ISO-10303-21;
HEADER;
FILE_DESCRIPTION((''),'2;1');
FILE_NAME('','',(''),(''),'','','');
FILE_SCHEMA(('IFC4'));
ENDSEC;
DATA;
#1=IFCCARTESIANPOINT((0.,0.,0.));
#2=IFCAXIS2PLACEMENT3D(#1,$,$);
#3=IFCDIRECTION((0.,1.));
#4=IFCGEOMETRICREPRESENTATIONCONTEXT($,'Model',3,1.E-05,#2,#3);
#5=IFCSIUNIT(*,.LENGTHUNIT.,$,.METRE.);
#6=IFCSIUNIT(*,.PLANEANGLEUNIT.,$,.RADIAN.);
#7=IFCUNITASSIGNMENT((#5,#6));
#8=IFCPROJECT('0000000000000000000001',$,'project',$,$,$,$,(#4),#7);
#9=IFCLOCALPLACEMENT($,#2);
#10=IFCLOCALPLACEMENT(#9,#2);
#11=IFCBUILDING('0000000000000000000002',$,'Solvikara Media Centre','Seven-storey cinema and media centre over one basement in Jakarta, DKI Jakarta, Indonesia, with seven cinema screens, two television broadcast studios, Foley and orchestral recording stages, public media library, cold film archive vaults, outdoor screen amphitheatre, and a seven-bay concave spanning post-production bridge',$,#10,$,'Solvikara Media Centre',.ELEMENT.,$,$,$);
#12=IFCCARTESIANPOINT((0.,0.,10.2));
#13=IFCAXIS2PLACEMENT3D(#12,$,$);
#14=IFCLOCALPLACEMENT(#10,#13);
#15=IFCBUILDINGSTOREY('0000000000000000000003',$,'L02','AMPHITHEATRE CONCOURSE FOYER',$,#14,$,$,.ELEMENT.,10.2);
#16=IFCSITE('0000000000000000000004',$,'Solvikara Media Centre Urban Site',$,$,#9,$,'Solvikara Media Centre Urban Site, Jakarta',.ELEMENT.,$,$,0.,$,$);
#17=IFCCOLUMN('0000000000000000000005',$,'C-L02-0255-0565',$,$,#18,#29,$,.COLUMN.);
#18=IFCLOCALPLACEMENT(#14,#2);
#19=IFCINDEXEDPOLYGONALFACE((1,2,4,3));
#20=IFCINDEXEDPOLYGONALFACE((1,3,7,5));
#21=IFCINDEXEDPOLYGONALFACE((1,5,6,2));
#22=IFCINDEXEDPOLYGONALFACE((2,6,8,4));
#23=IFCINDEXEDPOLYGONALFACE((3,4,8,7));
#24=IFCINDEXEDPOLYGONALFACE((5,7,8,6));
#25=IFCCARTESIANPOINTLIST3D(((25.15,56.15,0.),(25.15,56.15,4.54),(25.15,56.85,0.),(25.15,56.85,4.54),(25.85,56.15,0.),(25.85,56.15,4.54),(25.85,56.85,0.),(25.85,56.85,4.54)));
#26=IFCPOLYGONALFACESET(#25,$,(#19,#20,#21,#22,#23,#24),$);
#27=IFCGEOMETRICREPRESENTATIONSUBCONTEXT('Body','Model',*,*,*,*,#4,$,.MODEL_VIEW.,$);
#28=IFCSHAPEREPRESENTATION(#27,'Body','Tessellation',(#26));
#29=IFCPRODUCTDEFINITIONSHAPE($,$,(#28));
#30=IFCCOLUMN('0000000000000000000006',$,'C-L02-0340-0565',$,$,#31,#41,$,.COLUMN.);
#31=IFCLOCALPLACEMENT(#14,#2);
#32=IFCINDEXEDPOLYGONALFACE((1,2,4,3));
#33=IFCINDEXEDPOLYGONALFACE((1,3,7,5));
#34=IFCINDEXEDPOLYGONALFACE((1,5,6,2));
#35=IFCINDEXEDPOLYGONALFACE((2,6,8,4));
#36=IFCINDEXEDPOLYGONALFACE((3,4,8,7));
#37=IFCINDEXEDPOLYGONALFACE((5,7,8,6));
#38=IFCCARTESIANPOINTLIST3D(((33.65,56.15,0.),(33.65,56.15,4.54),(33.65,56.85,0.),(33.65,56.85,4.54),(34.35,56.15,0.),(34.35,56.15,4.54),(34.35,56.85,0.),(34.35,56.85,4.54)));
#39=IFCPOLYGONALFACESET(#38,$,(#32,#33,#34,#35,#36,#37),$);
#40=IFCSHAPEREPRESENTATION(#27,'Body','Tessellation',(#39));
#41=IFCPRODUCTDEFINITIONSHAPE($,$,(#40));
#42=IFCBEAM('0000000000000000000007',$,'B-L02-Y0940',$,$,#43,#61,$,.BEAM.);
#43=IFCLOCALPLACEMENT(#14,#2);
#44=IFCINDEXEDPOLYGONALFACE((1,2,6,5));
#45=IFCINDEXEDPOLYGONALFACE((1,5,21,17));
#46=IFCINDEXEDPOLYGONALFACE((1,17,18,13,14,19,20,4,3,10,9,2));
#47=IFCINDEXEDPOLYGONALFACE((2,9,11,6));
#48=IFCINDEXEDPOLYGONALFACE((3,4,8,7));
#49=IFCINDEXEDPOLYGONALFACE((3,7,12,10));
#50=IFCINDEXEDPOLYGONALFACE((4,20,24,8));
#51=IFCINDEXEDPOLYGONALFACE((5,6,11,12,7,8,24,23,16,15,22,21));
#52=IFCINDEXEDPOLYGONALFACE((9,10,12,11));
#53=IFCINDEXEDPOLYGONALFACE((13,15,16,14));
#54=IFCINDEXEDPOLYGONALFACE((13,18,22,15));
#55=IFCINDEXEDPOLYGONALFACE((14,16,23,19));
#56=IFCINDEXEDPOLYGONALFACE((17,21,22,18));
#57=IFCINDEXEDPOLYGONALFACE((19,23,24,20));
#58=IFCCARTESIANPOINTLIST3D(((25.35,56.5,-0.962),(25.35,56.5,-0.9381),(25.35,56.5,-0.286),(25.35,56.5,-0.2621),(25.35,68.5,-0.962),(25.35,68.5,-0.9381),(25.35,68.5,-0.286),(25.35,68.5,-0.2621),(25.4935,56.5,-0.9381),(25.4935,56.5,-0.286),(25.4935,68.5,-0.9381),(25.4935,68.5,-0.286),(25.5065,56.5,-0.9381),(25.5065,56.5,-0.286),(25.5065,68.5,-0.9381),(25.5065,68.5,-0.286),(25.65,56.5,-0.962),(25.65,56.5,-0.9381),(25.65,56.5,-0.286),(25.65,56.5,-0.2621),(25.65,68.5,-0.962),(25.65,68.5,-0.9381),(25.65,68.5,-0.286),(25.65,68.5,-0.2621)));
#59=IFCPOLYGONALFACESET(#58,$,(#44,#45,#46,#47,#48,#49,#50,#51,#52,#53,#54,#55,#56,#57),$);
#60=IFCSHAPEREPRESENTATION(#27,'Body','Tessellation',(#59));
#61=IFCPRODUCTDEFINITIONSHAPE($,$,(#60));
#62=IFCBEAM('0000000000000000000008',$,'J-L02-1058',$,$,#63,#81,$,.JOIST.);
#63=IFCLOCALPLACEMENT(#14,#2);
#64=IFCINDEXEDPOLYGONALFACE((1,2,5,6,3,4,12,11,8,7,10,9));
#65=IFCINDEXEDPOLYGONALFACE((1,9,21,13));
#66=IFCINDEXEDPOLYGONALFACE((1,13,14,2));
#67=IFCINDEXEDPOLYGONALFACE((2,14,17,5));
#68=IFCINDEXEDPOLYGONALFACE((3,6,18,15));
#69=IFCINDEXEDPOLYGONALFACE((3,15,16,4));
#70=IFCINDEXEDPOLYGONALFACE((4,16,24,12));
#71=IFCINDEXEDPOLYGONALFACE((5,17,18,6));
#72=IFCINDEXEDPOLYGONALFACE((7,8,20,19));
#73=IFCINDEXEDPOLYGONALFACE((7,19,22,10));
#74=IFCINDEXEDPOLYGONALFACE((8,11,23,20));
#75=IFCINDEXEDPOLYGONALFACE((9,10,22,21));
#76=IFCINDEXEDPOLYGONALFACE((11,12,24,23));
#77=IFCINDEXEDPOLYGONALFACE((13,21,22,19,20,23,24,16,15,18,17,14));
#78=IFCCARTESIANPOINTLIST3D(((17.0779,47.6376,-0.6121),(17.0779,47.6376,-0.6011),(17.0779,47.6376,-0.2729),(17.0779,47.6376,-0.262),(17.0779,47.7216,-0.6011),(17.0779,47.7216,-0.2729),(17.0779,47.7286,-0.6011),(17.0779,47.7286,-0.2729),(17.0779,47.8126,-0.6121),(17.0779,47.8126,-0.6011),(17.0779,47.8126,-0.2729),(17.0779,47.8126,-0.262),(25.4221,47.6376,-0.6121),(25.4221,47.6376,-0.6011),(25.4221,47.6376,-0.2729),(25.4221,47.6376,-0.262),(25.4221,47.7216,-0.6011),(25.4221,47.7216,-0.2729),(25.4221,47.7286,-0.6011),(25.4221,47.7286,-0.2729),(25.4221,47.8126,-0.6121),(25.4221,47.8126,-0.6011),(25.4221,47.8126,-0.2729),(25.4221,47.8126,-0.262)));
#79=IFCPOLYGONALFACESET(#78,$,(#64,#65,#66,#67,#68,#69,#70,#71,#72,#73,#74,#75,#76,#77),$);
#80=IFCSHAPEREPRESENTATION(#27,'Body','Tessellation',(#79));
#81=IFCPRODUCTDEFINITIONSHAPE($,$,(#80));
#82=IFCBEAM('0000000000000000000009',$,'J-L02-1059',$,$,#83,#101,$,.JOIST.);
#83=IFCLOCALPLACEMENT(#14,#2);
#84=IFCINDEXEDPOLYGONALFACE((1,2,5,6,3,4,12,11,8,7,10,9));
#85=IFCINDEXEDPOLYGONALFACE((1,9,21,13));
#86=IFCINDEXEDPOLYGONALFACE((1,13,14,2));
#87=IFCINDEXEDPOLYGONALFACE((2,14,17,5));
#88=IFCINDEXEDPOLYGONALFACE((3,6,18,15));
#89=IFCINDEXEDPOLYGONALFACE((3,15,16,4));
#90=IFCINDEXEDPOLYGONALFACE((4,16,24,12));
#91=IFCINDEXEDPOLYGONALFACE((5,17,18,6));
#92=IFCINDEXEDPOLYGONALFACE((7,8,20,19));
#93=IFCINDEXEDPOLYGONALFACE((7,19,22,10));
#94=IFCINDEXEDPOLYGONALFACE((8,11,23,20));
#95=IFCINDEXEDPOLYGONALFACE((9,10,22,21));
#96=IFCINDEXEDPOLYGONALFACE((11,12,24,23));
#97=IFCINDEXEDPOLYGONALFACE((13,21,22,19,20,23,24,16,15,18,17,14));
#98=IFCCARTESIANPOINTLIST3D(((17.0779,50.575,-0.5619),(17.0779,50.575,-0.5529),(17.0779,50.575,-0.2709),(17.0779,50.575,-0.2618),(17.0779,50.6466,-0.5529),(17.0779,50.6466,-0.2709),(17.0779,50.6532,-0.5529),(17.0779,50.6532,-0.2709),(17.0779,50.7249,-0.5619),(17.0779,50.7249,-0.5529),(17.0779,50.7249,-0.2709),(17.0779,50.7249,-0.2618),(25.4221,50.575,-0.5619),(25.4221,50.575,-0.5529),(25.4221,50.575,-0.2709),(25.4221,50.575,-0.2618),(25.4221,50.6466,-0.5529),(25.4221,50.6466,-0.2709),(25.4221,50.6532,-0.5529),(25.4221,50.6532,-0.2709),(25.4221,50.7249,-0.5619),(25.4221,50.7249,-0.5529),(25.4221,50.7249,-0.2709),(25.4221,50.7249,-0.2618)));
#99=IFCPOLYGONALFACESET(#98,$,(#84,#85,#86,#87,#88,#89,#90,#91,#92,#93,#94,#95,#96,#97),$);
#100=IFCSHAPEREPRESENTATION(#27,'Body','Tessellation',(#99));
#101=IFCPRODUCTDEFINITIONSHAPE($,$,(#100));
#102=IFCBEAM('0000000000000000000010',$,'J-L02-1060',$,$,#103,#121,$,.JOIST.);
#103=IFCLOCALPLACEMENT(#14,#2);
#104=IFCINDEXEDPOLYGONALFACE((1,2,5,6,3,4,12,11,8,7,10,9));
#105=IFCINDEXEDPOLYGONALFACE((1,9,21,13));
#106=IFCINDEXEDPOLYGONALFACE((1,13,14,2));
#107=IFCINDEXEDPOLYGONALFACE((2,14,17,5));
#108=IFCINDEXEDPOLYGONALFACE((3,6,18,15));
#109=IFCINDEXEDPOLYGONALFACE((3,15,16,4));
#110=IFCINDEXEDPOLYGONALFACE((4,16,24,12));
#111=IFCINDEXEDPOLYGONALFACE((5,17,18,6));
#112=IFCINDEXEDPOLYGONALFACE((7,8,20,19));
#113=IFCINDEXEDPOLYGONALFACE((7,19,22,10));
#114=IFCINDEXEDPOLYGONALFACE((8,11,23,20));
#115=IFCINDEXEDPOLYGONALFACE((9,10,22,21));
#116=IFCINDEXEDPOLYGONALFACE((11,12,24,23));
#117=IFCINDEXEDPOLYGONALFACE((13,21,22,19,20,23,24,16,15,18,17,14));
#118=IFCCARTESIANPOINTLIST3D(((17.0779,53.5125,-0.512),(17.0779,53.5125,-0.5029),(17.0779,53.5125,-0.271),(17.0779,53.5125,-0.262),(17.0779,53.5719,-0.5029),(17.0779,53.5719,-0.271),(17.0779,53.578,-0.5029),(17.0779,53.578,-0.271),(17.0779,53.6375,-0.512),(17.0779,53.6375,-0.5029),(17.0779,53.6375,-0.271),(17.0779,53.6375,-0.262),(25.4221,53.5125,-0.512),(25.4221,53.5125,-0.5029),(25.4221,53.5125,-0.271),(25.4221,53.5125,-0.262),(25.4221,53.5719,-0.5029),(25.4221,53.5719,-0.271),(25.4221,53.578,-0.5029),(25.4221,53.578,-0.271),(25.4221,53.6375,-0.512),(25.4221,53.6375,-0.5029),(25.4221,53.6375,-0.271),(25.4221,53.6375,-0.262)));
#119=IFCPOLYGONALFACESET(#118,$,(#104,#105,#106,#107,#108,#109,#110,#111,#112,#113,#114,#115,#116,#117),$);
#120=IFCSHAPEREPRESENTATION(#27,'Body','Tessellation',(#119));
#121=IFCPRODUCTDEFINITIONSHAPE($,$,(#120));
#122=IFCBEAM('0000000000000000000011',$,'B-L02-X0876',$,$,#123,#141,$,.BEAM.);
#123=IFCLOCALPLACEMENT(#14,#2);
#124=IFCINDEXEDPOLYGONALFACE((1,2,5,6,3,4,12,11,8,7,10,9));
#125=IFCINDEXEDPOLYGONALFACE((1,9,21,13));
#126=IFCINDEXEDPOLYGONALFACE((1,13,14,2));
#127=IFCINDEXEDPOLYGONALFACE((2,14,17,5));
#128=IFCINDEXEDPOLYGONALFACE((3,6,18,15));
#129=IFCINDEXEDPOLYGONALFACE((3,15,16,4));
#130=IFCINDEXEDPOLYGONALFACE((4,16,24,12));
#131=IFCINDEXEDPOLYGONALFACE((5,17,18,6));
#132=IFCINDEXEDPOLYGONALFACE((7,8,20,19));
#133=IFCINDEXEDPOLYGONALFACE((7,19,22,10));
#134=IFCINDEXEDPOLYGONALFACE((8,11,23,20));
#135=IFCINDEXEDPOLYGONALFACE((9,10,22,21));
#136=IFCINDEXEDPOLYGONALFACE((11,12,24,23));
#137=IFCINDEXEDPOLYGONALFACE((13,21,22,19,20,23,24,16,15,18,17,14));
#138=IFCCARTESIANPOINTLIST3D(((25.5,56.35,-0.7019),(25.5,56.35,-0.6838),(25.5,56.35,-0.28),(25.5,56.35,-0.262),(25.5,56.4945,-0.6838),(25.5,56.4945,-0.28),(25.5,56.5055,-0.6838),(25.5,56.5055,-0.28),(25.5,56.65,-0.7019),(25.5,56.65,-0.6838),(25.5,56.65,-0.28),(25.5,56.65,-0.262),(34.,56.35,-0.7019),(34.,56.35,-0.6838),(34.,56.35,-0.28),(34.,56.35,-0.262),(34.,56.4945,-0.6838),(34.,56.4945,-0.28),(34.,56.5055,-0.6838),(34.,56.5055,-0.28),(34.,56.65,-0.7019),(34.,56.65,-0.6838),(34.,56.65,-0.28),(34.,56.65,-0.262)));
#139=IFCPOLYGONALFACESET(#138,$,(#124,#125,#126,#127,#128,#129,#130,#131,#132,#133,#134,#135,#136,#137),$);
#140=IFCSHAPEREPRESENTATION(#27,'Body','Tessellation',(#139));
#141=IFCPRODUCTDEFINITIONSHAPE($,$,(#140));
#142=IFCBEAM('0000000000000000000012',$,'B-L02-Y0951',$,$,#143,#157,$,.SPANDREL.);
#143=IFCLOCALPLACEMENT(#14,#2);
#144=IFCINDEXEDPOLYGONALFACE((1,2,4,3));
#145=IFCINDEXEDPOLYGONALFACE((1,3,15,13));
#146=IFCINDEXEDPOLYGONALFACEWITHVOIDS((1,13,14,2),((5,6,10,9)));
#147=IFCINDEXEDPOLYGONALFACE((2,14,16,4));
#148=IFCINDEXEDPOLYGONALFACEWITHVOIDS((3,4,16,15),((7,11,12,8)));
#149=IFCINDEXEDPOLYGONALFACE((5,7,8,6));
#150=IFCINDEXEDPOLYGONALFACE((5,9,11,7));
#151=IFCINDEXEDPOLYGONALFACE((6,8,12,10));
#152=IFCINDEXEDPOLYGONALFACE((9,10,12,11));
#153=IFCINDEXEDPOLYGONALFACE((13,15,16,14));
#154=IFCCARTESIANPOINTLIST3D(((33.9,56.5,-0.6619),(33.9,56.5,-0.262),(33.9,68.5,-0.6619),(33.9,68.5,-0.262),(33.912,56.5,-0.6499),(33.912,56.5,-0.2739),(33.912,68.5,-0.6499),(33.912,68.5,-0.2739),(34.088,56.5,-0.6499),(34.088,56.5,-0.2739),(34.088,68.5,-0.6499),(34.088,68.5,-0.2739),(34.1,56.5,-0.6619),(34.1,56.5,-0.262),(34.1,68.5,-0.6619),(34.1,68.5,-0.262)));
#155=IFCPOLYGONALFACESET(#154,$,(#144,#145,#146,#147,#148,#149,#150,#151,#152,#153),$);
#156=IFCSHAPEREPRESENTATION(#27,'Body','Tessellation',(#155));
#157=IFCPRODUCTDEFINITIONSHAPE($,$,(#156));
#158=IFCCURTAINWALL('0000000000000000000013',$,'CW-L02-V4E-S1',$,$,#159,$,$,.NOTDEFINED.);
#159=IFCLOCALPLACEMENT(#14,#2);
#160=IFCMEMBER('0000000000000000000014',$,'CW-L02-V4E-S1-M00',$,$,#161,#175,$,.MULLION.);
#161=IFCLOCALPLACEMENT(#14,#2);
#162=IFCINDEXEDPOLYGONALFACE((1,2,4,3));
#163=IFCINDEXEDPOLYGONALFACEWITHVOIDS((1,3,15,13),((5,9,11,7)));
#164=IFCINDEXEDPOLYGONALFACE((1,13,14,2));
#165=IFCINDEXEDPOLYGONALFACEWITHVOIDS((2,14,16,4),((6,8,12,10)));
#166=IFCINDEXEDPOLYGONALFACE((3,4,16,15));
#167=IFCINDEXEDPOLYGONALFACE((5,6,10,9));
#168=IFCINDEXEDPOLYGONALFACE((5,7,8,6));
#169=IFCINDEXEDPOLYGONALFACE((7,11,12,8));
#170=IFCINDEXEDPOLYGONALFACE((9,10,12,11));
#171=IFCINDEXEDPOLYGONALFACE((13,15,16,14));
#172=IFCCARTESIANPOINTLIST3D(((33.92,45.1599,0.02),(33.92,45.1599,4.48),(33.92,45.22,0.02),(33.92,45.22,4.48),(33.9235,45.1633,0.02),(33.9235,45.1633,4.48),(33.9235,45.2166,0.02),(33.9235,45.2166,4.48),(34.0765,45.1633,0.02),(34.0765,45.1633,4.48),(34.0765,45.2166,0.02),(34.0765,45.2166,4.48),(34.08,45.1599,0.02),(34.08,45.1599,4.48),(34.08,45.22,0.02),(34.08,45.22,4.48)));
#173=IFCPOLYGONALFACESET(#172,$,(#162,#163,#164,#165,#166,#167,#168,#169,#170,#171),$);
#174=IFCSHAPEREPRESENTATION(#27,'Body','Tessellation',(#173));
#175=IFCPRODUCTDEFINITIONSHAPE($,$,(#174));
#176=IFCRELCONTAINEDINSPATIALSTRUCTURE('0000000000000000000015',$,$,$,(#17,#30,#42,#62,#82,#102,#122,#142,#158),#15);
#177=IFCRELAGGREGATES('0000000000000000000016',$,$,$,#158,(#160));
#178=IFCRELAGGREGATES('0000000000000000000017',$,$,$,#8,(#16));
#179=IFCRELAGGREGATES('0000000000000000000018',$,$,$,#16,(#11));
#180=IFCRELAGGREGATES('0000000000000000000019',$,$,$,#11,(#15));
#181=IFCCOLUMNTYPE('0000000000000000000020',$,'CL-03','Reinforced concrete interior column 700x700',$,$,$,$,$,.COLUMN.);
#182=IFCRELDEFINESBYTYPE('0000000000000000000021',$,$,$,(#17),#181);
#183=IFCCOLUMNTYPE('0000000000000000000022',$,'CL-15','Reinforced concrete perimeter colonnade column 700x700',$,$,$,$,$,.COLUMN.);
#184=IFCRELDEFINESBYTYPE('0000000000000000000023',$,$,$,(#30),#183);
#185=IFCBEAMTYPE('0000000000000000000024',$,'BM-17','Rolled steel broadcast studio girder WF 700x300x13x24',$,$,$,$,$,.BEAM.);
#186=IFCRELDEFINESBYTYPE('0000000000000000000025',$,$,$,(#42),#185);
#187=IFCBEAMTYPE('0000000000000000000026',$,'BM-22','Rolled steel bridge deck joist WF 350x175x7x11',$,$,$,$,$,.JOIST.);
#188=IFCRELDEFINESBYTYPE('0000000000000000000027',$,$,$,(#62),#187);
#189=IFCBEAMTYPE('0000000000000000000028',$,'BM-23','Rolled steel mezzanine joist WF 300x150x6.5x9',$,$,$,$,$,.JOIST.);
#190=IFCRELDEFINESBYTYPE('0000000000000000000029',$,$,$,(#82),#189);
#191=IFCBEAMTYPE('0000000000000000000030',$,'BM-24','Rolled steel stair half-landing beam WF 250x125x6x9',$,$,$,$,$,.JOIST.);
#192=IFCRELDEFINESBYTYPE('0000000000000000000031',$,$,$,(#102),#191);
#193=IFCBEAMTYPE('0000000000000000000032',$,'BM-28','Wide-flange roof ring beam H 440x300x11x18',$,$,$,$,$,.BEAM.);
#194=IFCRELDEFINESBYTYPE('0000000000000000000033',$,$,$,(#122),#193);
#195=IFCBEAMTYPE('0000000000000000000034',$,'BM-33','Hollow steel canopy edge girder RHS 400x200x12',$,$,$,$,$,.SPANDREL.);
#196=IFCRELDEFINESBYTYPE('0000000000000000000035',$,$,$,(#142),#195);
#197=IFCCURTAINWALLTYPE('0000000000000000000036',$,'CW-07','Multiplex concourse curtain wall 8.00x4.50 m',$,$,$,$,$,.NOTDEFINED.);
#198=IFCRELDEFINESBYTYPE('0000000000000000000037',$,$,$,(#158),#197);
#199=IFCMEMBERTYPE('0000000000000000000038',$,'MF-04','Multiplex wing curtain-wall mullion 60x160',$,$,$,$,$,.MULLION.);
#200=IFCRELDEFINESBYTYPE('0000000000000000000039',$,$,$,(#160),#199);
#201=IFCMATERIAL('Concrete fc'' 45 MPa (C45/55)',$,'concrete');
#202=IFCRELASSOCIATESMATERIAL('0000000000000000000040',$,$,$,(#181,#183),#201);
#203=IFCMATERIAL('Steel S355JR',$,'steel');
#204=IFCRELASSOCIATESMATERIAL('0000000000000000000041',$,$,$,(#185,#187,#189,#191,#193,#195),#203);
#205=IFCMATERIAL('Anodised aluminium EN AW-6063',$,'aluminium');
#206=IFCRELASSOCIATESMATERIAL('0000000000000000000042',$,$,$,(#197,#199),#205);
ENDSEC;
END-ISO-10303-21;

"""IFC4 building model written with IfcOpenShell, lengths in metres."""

from ifc_helpers import new_model, si_unit, direction, frame, origin, origin_2d, place, context, subcontext, project, spatial, rectangle, hollow_rectangle, i_section, extrude, material, material_profile, profile_set, type_object, element, aggregate, save


model = new_model("IFC4")

# Units and contexts
model_context = context("Model", 3, precision=1e-05, world=origin(), true_north=direction((0.0, 1.0)))
body_context = subcontext(model_context, "Body", "Model", "MODEL_VIEW")
ifc_project = project(units=[si_unit("LENGTHUNIT", "METRE"), si_unit("PLANEANGLEUNIT", "RADIAN")], contexts=[model_context])

# Site, building, storey
site_placement = place(None, origin())
site = spatial("IfcSite", under=ifc_project, at=site_placement, Name="Solvikara Media Centre Urban Site", LongName="Solvikara Media Centre Urban Site, Jakarta", CompositionType="ELEMENT", RefElevation=0.0)
building_placement = place(site_placement, origin())
building = spatial("IfcBuilding", under=site, at=building_placement, Name="Solvikara Media Centre", Description="Seven-storey cinema and media centre over one basement in Jakarta, DKI Jakarta, Indonesia, with seven cinema screens, two television broadcast studios, Foley and orchestral recording stages, public media library, cold film archive vaults, outdoor screen amphitheatre, and a seven-bay concave spanning post-production bridge", LongName="Solvikara Media Centre", CompositionType="ELEMENT")
storey_placement = place(building_placement, frame((0.0, 0.0, 10.2)))
storey = spatial("IfcBuildingStorey", under=building, at=storey_placement, Name="L02", Description="AMPHITHEATRE CONCOURSE FOYER", CompositionType="ELEMENT", Elevation=10.2)

# Columns
ifc_material_1 = material(Name="Concrete fc' 45 MPa (C45/55)", Category="concrete")
ifc_material_profile_1 = material_profile(ifc_material_1, rectangle(XDim=0.7, YDim=0.7, at=origin_2d()), Name="RC 700x700")
ifc_profile_set_1 = profile_set([ifc_material_profile_1], Name="Concrete fc' 45 MPa (C45/55)")
column_type_1 = type_object("IfcColumnType", Name="CL-03", Description="Reinforced concrete interior column 700x700", PredefinedType="COLUMN", material=ifc_profile_set_1)
column_1_placement = place(storey_placement, frame((25.5, 56.5, 0.0), z_axis=(0.0, 0.0, 1.0), x_axis=(1.0, 0.0, 0.0)))
element("IfcColumn", 1, at=column_1_placement, inside=storey, type_object=column_type_1, Name="C-L02-0255-0565", PredefinedType="COLUMN", context=body_context, shape_type="SweptSolid", body=[
    extrude(rectangle(XDim=0.7, YDim=0.7, at=origin_2d()), origin(), (0.0, 0.0, 1.0), 4.54),
])
ifc_material_profile_2 = material_profile(ifc_material_1, rectangle(XDim=0.7, YDim=0.7, at=origin_2d()), Name="RC 700x700")
ifc_profile_set_2 = profile_set([ifc_material_profile_2], Name="Concrete fc' 45 MPa (C45/55)")
column_type_2 = type_object("IfcColumnType", Name="CL-15", Description="Reinforced concrete perimeter colonnade column 700x700", PredefinedType="COLUMN", material=ifc_profile_set_2)
column_2_placement = place(storey_placement, frame((34.0, 56.5, 0.0), z_axis=(0.0, 0.0, 1.0), x_axis=(1.0, 0.0, 0.0)))
element("IfcColumn", 2, at=column_2_placement, inside=storey, type_object=column_type_2, Name="C-L02-0340-0565", PredefinedType="COLUMN", context=body_context, shape_type="SweptSolid", body=[
    extrude(rectangle(XDim=0.7, YDim=0.7, at=origin_2d()), origin(), (0.0, 0.0, 1.0), 4.54),
])

# Beams
ifc_material_2 = material(Name="Steel S355JR", Category="steel")
ifc_material_profile_3 = material_profile(ifc_material_2, i_section(OverallWidth=0.3, OverallDepth=0.7, WebThickness=0.0129, FlangeThickness=0.0239, at=origin_2d()), Name="WF 700x300x13x24")
ifc_profile_set_3 = profile_set([ifc_material_profile_3], Name="Steel S355JR")
beam_type_1 = type_object("IfcBeamType", Name="BM-17", Description="Rolled steel broadcast studio girder WF 700x300x13x24", PredefinedType="BEAM", material=ifc_profile_set_3)
beam_1_placement = place(storey_placement, frame((25.5, 56.5, -0.6121), z_axis=(0.0, 1.0, 0.0), x_axis=(-1.0, 0.0, 0.0)))
element("IfcBeam", 3, at=beam_1_placement, inside=storey, type_object=beam_type_1, Name="B-L02-Y0940", PredefinedType="BEAM", context=body_context, shape_type="SweptSolid", body=[
    extrude(i_section(OverallWidth=0.3, OverallDepth=0.7, WebThickness=0.0129, FlangeThickness=0.0239, at=origin_2d()), origin(), (0.0, 0.0, 1.0), 12.0),
])
ifc_material_profile_4 = material_profile(ifc_material_2, i_section(OverallWidth=0.175, OverallDepth=0.3501, WebThickness=0.0071, FlangeThickness=0.011, at=origin_2d()), Name="WF 350x175x7x11")
ifc_profile_set_4 = profile_set([ifc_material_profile_4], Name="Steel S355JR")
beam_type_2 = type_object("IfcBeamType", Name="BM-22", Description="Rolled steel bridge deck joist WF 350x175x7x11", PredefinedType="JOIST", material=ifc_profile_set_4)
beam_2_placement = place(storey_placement, frame((17.0779, 47.7251, -0.437), z_axis=(1.0, 0.0, 0.0), x_axis=(0.0, 1.0, 0.0)))
element("IfcBeam", 4, at=beam_2_placement, inside=storey, type_object=beam_type_2, Name="J-L02-1058", PredefinedType="JOIST", context=body_context, shape_type="SweptSolid", body=[
    extrude(i_section(OverallWidth=0.175, OverallDepth=0.3501, WebThickness=0.0071, FlangeThickness=0.011, at=origin_2d()), origin(), (0.0, 0.0, 1.0), 8.3442),
])
ifc_material_profile_5 = material_profile(ifc_material_2, i_section(OverallWidth=0.1499, OverallDepth=0.3, WebThickness=0.0066, FlangeThickness=0.009, at=origin_2d()), Name="WF 300x150x6.5x9")
ifc_profile_set_5 = profile_set([ifc_material_profile_5], Name="Steel S355JR")
beam_type_3 = type_object("IfcBeamType", Name="BM-23", Description="Rolled steel mezzanine joist WF 300x150x6.5x9", PredefinedType="JOIST", material=ifc_profile_set_5)
beam_3_placement = place(storey_placement, frame((17.0779, 50.6499, -0.4119), z_axis=(1.0, 0.0, 0.0), x_axis=(0.0, 1.0, 0.0)))
element("IfcBeam", 5, at=beam_3_placement, inside=storey, type_object=beam_type_3, Name="J-L02-1059", PredefinedType="JOIST", context=body_context, shape_type="SweptSolid", body=[
    extrude(i_section(OverallWidth=0.1499, OverallDepth=0.3, WebThickness=0.0066, FlangeThickness=0.009, at=origin_2d()), origin(), (0.0, 0.0, 1.0), 8.3442),
])
ifc_material_profile_6 = material_profile(ifc_material_2, i_section(OverallWidth=0.125, OverallDepth=0.25, WebThickness=0.0061, FlangeThickness=0.009, at=origin_2d()), Name="WF 250x125x6x9")
ifc_profile_set_6 = profile_set([ifc_material_profile_6], Name="Steel S355JR")
beam_type_4 = type_object("IfcBeamType", Name="BM-24", Description="Rolled steel stair half-landing beam WF 250x125x6x9", PredefinedType="JOIST", material=ifc_profile_set_6)
beam_4_placement = place(storey_placement, frame((17.0779, 53.575, -0.387), z_axis=(1.0, 0.0, 0.0), x_axis=(0.0, 1.0, 0.0)))
element("IfcBeam", 6, at=beam_4_placement, inside=storey, type_object=beam_type_4, Name="J-L02-1060", PredefinedType="JOIST", context=body_context, shape_type="SweptSolid", body=[
    extrude(i_section(OverallWidth=0.125, OverallDepth=0.25, WebThickness=0.0061, FlangeThickness=0.009, at=origin_2d()), origin(), (0.0, 0.0, 1.0), 8.3442),
])
ifc_material_profile_7 = material_profile(ifc_material_2, i_section(OverallWidth=0.3, OverallDepth=0.4399, WebThickness=0.011, FlangeThickness=0.0181, at=origin_2d()), Name="H 440x300x11x18")
ifc_profile_set_7 = profile_set([ifc_material_profile_7], Name="Steel S355JR")
beam_type_5 = type_object("IfcBeamType", Name="BM-28", Description="Wide-flange roof ring beam H 440x300x11x18", PredefinedType="BEAM", material=ifc_profile_set_7)
beam_5_placement = place(storey_placement, frame((25.5, 56.5, -0.4819), z_axis=(1.0, 0.0, 0.0), x_axis=(0.0, 1.0, 0.0)))
element("IfcBeam", 7, at=beam_5_placement, inside=storey, type_object=beam_type_5, Name="B-L02-X0876", PredefinedType="BEAM", context=body_context, shape_type="SweptSolid", body=[
    extrude(i_section(OverallWidth=0.3, OverallDepth=0.4399, WebThickness=0.011, FlangeThickness=0.0181, at=origin_2d()), origin(), (0.0, 0.0, 1.0), 8.5),
])
ifc_material_profile_8 = material_profile(ifc_material_2, hollow_rectangle(XDim=0.2, YDim=0.3999, WallThickness=0.012, at=origin_2d()), Name="RHS 400x200x12")
ifc_profile_set_8 = profile_set([ifc_material_profile_8], Name="Steel S355JR")
beam_type_6 = type_object("IfcBeamType", Name="BM-33", Description="Hollow steel canopy edge girder RHS 400x200x12", PredefinedType="SPANDREL", material=ifc_profile_set_8)
beam_6_placement = place(storey_placement, frame((34.0, 56.5, -0.4619), z_axis=(0.0, 1.0, 0.0), x_axis=(-1.0, 0.0, 0.0)))
element("IfcBeam", 8, at=beam_6_placement, inside=storey, type_object=beam_type_6, Name="B-L02-Y0951", PredefinedType="SPANDREL", context=body_context, shape_type="SweptSolid", body=[
    extrude(hollow_rectangle(XDim=0.2, YDim=0.3999, WallThickness=0.012, at=origin_2d()), origin(), (0.0, 0.0, 1.0), 12.0),
])

# Curtain wall, member
ifc_material_3 = material(Name="Anodised aluminium EN AW-6063", Category="aluminium")
curtain_wall_type = type_object("IfcCurtainWallType", Name="CW-07", Description="Multiplex concourse curtain wall 8.00x4.50 m", PredefinedType="NOTDEFINED", material=ifc_material_3)
curtain_wall_1_placement = place(storey_placement, origin())
curtain_wall_1 = element("IfcCurtainWall", 9, at=curtain_wall_1_placement, inside=storey, type_object=curtain_wall_type, Name="CW-L02-V4E-S1", PredefinedType="NOTDEFINED")
ifc_material_profile_9 = material_profile(ifc_material_3, hollow_rectangle(XDim=0.0601, YDim=0.1599, WallThickness=0.0034, at=origin_2d()), Name="ALU-M 60x160x3.5")
ifc_profile_set_9 = profile_set([ifc_material_profile_9], Name="Anodised aluminium EN AW-6063")
member_type_1 = type_object("IfcMemberType", Name="MF-04", Description="Multiplex wing curtain-wall mullion 60x160", PredefinedType="MULLION", material=ifc_profile_set_9)
member_1_placement = place(storey_placement, frame((34.0, 45.1899, 0.02), z_axis=(0.0, 0.0, 1.0), x_axis=(0.0, 1.0, 0.0)))
member_1 = element("IfcMember", 10, at=member_1_placement, type_object=member_type_1, Name="CW-L02-V4E-S1-M00", PredefinedType="MULLION", context=body_context, shape_type="SweptSolid", body=[
    extrude(hollow_rectangle(XDim=0.0601, YDim=0.1599, WallThickness=0.0034, at=origin_2d()), origin(), (0.0, 0.0, 1.0), 4.46),
])

aggregate(curtain_wall_1, [member_1])

save(model, "model.ifc")
